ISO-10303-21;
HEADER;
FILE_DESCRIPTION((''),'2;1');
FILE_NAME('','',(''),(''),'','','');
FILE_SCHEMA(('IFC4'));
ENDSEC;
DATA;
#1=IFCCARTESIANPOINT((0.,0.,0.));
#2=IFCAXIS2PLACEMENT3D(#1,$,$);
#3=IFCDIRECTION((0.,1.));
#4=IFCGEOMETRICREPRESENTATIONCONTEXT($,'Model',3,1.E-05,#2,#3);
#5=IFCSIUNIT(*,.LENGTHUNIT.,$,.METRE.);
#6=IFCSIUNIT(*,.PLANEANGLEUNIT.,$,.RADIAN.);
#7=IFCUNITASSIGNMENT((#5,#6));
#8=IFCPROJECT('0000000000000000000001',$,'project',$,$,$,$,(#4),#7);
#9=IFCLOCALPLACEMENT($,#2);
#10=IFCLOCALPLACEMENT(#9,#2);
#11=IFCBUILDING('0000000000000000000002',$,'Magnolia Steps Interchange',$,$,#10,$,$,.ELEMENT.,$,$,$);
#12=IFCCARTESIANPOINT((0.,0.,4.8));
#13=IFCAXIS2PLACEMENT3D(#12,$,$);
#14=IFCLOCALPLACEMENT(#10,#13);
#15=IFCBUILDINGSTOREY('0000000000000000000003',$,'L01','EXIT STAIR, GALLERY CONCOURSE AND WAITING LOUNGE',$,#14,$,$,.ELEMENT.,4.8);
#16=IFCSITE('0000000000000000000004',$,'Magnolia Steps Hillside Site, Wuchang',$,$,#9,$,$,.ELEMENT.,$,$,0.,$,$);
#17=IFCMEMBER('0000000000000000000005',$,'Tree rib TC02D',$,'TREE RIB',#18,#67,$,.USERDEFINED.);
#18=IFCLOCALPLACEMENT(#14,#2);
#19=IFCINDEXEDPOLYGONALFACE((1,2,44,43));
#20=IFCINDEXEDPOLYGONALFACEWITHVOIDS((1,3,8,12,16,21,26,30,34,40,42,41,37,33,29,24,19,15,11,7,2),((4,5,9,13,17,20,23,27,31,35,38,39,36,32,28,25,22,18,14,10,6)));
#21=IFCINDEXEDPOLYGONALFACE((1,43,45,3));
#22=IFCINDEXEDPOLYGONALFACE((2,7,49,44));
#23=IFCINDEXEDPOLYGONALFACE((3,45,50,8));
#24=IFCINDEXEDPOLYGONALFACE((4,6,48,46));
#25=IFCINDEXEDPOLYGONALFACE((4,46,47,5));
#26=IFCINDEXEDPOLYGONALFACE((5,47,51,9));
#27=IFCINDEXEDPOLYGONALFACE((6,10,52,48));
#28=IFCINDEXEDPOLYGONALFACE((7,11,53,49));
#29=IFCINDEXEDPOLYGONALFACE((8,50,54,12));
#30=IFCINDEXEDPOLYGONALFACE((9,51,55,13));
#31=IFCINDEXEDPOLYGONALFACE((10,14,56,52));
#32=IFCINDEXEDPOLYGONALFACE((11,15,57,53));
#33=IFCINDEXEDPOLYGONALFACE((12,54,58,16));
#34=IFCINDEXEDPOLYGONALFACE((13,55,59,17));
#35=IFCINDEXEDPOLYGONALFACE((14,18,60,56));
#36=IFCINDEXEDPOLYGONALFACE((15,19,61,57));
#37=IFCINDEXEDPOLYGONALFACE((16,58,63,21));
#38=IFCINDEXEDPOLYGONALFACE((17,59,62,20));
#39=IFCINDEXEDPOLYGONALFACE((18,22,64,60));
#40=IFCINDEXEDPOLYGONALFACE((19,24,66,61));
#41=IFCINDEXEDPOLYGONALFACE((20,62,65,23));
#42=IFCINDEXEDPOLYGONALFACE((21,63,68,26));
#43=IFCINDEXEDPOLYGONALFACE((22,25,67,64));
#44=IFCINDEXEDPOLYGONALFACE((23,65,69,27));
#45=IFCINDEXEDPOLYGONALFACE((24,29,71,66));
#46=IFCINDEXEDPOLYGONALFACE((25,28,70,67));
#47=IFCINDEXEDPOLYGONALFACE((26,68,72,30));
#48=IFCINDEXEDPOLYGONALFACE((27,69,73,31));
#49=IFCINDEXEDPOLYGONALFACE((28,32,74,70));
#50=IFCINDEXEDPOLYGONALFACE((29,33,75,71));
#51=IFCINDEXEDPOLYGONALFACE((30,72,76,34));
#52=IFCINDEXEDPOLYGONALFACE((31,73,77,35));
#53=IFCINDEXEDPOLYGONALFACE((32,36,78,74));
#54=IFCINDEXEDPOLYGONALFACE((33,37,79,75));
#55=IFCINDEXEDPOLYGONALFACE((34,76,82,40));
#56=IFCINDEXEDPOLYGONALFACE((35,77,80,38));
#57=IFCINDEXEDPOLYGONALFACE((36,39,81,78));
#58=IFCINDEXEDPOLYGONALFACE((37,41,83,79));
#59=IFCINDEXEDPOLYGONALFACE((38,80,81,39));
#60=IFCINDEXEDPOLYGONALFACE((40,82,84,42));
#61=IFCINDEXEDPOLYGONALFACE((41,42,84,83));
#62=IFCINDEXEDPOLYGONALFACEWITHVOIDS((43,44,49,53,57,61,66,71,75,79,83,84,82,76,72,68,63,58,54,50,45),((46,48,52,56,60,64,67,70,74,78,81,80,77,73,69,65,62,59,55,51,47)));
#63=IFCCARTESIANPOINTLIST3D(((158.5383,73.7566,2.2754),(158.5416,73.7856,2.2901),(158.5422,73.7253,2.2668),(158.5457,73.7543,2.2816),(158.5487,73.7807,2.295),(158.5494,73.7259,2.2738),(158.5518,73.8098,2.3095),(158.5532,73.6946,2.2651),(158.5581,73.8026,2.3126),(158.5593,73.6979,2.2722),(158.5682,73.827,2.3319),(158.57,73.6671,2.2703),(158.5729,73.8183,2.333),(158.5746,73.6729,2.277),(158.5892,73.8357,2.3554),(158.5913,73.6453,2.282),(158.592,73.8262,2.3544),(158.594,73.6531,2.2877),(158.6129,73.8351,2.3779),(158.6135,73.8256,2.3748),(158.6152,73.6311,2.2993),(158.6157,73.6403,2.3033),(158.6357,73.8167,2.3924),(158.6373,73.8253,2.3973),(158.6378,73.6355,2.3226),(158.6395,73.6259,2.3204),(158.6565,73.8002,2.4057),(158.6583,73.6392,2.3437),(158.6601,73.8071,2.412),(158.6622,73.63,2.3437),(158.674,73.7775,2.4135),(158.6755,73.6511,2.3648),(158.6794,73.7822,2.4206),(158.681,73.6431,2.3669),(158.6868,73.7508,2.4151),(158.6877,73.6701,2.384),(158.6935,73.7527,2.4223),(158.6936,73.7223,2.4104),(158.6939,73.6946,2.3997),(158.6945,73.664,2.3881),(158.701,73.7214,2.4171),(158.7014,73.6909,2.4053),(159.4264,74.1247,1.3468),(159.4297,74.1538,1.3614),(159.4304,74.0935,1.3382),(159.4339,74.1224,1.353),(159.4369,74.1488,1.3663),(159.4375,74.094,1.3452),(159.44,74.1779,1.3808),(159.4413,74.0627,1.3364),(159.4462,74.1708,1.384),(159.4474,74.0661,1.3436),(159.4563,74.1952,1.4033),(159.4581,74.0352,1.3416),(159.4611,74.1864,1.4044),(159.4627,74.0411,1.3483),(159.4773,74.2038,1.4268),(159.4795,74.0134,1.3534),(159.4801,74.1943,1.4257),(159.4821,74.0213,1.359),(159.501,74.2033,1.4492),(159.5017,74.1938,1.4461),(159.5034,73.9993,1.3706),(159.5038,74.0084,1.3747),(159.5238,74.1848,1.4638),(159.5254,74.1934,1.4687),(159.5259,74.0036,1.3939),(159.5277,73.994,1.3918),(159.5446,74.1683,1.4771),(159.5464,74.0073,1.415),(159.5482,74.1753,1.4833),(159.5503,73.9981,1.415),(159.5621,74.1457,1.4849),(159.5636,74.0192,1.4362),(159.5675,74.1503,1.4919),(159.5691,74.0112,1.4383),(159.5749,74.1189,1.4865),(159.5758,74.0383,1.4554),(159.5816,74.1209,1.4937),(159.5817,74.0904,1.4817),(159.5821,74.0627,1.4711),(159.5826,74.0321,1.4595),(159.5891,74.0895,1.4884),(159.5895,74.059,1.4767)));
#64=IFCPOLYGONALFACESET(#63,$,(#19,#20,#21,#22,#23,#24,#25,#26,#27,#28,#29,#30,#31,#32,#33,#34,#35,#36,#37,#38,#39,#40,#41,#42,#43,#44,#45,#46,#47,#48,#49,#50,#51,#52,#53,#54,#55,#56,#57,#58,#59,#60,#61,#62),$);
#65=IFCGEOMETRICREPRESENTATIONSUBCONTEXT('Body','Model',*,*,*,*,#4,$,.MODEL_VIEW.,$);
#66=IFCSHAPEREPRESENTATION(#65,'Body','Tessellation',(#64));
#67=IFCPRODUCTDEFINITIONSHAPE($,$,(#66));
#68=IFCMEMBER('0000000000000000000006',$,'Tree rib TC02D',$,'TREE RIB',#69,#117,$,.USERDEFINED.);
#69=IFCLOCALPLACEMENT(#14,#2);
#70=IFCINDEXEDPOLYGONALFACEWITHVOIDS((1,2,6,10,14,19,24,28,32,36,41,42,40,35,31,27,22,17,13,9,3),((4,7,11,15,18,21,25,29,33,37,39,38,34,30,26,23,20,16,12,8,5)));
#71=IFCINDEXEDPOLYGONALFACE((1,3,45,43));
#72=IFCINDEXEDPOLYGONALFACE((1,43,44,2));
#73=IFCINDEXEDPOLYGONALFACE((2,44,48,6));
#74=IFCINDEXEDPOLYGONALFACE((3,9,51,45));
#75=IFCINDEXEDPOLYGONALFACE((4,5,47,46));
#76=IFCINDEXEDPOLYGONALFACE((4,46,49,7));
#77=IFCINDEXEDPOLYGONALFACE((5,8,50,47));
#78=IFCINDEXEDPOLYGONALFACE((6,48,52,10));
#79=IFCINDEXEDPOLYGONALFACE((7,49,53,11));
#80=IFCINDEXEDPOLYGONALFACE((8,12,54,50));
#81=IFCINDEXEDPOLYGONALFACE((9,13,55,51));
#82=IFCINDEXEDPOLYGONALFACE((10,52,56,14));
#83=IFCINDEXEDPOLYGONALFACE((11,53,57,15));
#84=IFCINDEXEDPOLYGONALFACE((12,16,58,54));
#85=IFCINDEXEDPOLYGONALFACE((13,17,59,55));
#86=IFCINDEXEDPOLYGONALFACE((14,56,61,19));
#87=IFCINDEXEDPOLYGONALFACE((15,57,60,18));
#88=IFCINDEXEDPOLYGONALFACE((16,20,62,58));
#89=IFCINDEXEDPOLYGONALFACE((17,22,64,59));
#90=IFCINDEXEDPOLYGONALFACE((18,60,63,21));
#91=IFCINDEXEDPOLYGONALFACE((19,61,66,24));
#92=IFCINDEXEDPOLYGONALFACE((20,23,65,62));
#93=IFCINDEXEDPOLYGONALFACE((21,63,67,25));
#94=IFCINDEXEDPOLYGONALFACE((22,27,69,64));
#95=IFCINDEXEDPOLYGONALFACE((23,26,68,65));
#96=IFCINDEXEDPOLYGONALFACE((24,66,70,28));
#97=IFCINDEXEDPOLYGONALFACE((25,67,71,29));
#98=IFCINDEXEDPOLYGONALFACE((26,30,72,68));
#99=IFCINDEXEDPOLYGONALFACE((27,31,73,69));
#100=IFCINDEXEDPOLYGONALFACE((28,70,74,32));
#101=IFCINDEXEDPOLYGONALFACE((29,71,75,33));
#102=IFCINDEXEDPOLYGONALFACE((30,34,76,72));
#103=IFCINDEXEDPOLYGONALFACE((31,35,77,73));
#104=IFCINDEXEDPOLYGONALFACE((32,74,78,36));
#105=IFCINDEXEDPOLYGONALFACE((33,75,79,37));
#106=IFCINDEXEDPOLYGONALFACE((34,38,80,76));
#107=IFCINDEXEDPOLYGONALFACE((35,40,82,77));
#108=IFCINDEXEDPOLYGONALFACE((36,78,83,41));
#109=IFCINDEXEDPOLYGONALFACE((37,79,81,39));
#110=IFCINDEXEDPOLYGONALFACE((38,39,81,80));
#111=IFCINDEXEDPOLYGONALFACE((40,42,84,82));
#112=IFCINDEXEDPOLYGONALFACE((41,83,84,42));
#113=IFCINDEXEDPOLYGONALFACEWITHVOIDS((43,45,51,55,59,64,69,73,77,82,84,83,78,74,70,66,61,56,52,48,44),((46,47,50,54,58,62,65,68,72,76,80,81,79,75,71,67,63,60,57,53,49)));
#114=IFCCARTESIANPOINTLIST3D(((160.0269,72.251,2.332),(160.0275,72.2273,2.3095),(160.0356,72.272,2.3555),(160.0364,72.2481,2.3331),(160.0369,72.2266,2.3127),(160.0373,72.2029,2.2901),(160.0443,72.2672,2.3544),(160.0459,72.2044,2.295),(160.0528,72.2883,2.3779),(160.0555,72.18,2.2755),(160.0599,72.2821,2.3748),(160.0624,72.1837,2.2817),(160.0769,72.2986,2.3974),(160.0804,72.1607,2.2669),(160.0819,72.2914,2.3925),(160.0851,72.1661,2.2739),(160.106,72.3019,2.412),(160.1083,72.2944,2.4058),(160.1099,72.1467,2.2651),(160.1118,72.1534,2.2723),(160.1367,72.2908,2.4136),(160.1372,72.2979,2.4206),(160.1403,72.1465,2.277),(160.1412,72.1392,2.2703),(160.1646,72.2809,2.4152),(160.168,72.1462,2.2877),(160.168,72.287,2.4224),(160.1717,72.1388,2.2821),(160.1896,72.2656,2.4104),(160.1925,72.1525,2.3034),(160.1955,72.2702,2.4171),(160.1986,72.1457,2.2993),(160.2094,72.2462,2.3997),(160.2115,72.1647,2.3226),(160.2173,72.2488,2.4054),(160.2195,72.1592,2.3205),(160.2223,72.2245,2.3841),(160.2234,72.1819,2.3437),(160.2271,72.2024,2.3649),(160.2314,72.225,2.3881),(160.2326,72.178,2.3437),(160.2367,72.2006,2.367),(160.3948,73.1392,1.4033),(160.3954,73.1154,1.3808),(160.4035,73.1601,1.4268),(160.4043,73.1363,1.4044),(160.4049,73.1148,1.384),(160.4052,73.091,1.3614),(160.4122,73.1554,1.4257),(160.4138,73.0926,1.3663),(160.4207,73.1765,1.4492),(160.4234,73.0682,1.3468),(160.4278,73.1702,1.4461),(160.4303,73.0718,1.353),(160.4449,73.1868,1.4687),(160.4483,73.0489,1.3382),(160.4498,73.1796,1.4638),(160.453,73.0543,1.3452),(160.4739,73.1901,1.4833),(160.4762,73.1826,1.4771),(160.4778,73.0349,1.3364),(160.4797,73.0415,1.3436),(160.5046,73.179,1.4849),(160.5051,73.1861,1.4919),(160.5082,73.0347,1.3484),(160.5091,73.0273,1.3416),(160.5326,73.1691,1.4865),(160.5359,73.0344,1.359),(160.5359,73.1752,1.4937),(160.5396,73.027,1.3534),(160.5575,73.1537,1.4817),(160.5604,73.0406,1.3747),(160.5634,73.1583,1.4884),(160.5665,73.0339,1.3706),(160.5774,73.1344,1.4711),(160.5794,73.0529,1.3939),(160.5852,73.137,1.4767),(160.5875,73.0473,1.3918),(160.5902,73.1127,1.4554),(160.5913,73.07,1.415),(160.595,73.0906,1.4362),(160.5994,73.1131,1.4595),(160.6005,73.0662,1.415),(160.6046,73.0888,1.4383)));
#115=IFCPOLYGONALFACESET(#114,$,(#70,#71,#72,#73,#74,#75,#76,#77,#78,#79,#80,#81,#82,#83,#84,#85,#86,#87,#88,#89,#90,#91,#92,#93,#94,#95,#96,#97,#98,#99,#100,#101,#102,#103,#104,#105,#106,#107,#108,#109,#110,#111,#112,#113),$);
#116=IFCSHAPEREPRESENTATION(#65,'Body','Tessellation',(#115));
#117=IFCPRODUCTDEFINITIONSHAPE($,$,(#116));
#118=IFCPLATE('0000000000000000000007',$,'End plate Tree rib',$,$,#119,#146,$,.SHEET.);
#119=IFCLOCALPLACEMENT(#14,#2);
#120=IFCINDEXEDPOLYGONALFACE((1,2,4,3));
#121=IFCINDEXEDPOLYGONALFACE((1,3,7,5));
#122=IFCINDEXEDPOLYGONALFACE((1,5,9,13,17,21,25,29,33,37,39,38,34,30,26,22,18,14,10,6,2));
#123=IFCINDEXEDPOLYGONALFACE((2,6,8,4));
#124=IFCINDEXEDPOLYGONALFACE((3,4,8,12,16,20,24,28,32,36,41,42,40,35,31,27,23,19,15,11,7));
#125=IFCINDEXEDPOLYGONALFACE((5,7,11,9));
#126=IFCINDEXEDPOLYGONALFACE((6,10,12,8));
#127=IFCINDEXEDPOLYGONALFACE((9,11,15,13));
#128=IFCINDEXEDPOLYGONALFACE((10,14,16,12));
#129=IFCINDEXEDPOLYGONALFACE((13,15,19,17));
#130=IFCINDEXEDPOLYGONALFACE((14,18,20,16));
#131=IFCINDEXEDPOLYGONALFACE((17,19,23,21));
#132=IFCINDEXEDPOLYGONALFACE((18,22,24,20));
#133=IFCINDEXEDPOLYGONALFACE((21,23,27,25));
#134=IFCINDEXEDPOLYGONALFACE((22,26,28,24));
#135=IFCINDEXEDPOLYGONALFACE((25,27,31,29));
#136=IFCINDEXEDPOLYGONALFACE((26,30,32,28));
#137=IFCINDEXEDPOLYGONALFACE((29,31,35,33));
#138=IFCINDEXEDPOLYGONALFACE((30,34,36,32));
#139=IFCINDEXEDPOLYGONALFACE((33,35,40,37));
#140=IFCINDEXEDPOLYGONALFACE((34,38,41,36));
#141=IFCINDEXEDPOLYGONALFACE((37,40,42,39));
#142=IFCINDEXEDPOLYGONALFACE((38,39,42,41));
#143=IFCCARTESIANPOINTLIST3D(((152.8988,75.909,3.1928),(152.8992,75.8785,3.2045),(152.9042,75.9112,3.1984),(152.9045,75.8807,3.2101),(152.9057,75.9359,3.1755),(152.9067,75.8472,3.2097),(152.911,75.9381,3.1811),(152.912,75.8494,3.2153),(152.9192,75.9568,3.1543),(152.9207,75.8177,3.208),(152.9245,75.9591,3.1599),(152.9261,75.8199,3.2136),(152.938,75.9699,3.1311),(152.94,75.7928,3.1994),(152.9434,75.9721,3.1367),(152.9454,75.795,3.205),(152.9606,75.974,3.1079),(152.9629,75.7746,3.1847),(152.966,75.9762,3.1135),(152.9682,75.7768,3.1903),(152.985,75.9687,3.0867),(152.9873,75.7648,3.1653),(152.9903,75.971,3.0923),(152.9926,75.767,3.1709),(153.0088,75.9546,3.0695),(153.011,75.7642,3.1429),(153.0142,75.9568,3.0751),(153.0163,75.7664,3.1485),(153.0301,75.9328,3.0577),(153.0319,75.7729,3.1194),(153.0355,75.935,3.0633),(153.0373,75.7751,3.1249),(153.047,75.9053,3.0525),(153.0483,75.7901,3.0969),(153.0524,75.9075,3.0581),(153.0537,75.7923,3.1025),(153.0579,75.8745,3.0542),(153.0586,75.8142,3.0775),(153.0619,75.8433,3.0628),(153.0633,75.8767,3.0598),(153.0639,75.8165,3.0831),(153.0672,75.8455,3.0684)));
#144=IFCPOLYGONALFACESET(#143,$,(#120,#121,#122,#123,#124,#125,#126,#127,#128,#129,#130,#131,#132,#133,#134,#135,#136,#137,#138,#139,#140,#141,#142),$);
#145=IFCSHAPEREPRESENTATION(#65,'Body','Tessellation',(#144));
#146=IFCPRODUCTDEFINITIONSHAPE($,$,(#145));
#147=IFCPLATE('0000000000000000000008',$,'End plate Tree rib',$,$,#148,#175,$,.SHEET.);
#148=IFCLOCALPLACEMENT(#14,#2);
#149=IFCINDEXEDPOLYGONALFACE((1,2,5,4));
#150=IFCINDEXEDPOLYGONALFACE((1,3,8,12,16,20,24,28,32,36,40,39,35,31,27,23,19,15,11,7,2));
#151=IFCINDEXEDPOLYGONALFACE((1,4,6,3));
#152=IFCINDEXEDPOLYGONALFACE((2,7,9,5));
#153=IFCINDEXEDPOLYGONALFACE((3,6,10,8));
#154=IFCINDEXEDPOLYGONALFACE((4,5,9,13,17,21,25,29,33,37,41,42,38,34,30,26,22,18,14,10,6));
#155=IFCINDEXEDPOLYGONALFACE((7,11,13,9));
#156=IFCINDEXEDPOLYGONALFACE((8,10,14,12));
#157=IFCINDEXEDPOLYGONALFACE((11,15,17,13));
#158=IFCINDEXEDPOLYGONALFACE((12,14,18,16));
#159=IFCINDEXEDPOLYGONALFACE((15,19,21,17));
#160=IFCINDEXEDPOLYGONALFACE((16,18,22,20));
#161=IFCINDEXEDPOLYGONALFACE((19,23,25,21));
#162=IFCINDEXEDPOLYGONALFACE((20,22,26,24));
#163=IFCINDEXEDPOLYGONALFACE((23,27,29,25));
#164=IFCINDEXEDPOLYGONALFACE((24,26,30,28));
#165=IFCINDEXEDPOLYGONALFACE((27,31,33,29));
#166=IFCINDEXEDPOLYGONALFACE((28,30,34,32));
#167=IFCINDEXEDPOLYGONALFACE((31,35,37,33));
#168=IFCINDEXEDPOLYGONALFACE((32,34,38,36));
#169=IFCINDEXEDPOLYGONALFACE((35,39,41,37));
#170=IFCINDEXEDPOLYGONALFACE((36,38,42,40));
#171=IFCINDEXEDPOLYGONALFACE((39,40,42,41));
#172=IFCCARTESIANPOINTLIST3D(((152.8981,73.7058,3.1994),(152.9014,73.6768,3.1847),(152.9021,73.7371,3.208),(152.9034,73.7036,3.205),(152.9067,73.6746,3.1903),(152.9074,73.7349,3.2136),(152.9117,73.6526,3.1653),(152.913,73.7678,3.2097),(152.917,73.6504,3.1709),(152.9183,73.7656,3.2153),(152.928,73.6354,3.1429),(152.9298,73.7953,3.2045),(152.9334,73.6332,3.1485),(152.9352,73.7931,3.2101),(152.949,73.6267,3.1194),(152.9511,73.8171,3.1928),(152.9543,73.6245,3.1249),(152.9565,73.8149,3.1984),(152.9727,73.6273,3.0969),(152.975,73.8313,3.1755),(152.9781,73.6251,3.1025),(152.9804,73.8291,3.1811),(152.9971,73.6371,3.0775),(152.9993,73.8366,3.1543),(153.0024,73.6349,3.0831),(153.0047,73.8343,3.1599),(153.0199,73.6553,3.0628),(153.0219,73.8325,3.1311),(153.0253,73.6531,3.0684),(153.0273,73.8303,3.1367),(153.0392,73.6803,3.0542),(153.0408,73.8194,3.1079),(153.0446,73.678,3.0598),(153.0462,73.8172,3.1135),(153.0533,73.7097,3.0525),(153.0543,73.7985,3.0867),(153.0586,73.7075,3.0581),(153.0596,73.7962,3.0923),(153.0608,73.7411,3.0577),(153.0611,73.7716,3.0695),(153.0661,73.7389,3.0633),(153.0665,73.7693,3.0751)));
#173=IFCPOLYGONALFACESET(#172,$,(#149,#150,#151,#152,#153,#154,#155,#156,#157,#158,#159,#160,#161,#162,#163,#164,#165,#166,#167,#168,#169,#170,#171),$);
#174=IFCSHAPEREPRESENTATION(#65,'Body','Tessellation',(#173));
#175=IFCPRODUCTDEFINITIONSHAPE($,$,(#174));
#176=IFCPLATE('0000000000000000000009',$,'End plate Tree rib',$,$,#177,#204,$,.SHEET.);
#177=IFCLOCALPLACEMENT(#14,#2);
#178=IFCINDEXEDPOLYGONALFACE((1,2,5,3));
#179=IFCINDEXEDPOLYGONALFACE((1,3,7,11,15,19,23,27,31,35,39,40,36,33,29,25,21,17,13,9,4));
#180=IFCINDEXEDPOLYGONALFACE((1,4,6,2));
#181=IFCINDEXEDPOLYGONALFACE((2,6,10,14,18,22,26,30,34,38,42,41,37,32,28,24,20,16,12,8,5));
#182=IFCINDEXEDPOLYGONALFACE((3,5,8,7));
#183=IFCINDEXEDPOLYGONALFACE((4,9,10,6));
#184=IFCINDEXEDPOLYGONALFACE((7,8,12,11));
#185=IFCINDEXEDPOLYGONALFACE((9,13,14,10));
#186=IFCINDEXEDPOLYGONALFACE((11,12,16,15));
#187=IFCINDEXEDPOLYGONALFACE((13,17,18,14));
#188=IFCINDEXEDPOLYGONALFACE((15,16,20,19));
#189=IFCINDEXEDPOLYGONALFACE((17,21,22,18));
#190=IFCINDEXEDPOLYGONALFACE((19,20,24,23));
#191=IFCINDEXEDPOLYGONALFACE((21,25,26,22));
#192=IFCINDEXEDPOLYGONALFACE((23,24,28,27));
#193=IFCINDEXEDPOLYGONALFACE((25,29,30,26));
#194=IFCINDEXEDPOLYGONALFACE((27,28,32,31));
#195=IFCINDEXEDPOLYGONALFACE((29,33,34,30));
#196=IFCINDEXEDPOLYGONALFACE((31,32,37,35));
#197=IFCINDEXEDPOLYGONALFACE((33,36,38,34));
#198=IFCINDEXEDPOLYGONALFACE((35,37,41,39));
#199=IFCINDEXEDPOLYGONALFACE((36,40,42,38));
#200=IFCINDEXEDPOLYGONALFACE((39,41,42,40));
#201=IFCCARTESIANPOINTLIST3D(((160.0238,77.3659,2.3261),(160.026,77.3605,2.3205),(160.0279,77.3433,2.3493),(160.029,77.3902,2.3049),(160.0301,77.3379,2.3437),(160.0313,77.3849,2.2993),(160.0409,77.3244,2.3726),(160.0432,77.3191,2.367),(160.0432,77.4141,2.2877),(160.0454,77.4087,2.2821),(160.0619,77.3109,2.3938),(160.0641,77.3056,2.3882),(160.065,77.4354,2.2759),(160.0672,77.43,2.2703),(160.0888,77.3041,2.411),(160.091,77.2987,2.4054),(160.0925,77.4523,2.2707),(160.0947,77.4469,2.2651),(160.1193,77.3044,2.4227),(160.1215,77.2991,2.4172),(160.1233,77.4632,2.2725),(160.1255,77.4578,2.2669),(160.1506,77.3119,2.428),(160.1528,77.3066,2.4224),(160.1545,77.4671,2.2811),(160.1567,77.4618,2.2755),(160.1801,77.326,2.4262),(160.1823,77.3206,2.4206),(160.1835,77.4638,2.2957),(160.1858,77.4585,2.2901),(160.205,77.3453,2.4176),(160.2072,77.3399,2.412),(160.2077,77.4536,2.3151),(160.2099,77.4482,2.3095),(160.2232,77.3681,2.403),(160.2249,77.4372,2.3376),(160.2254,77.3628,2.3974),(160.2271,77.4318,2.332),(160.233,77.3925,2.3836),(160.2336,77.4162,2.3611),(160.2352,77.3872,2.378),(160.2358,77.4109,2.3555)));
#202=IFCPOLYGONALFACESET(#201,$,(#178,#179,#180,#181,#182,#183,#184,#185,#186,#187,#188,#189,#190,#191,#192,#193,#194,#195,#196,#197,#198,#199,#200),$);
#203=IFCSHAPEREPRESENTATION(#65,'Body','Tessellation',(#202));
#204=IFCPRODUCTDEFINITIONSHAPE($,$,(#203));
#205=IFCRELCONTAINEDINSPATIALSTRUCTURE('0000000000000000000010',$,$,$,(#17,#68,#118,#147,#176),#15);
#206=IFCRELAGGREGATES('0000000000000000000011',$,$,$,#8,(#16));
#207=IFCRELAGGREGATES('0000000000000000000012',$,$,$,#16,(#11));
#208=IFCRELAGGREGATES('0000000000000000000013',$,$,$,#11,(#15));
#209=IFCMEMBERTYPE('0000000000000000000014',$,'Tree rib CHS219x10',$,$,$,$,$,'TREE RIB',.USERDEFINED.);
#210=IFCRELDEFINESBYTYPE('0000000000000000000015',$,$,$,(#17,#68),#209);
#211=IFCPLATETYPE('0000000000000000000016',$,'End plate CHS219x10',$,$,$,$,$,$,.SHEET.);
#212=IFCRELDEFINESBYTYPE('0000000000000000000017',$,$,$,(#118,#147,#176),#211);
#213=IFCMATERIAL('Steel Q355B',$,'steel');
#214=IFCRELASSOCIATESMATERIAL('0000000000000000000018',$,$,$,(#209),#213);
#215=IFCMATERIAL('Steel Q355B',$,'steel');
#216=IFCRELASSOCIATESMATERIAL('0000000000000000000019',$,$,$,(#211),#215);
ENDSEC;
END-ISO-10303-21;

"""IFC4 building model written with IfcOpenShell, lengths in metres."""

from ifc_helpers import new_model, si_unit, direction, frame, origin, origin_2d, place, context, subcontext, project, spatial, circle, hollow_circle, extrude, material, material_profile, profile_set, type_object, element, save


model = new_model("IFC4")

# Units and contexts
model_context = context("Model", 3, precision=1e-05, world=origin(), true_north=direction((0.0, 1.0)))
body_context = subcontext(model_context, "Body", "Model", "MODEL_VIEW")
ifc_project = project(units=[si_unit("LENGTHUNIT", "METRE"), si_unit("PLANEANGLEUNIT", "RADIAN")], contexts=[model_context])

# Site, building, storey
site_placement = place(None, origin())
site = spatial("IfcSite", under=ifc_project, at=site_placement, Name="Magnolia Steps Hillside Site, Wuchang", CompositionType="ELEMENT", RefElevation=0.0)
building_placement = place(site_placement, origin())
building = spatial("IfcBuilding", under=site, at=building_placement, Name="Magnolia Steps Interchange", CompositionType="ELEMENT")
storey_placement = place(building_placement, frame((0.0, 0.0, 4.8)))
storey = spatial("IfcBuildingStorey", under=building, at=storey_placement, Name="L01", Description="EXIT STAIR, GALLERY CONCOURSE AND WAITING LOUNGE", CompositionType="ELEMENT", Elevation=4.8)

# Members
ifc_material_1 = material(Name="Steel Q355B", Category="steel")
ifc_material_profile_1 = material_profile(ifc_material_1, hollow_circle(Radius=0.1096, WallThickness=0.01, at=origin_2d()), Name="CHS219x10")
ifc_profile_set_1 = profile_set([ifc_material_profile_1], Name="Steel Q355B")
member_type = type_object("IfcMemberType", Name="Tree rib CHS219x10", ElementType="TREE RIB", PredefinedType="USERDEFINED", material=ifc_profile_set_1)
for number, where, z_axis, x_axis, name in (
    (1, (159.5083, 74.0994, 1.415), (-0.664432, -0.275416, 0.694749), (0.38292, -0.923782, 0.0), "Tree rib TC02D"),
    (2, (160.4993, 73.1082, 1.415), (-0.275247, -0.664465, 0.694784), (0.923871, -0.382703, 0.0), "Tree rib TC02D"),
):
    element("IfcMember", number, at=place(storey_placement, frame(where, z_axis=z_axis, x_axis=x_axis)), inside=storey, type_object=member_type, Name=name, ObjectType="TREE RIB", PredefinedType="USERDEFINED", context=body_context, shape_type="SweptSolid", body=[
        extrude(hollow_circle(Radius=0.1096, WallThickness=0.01, at=origin_2d()), origin(), (0.0, 0.0, 1.0), 1.3367),
    ])

# Plates
ifc_material_2 = material(Name="Steel Q355B", Category="steel")
ifc_material_profile_2 = material_profile(ifc_material_2, circle(Radius=0.1096, at=origin_2d()), Name="End plate CHS219x10")
ifc_profile_set_2 = profile_set([ifc_material_profile_2], Name="Steel Q355B")
plate_type_1 = type_object("IfcPlateType", Name="End plate CHS219x10", PredefinedType="SHEET", material=ifc_profile_set_2)
for number, where, z_axis, x_axis, name in (
    (3, (152.98, 75.8687, 3.1311), (0.664583, 0.275279, 0.694658), (-0.382683, 0.92388, 0.0), "End plate Tree rib"),
    (4, (152.98, 73.7312, 3.1311), (0.664583, -0.275279, 0.694658), (0.382683, 0.92388, 0.0), "End plate Tree rib"),
    (5, (160.1313, 77.3799, 2.3438), (-0.275279, 0.664583, 0.694658), (-0.92388, -0.382683, 0.0), "End plate Tree rib"),
):
    element("IfcPlate", number, at=place(storey_placement, frame(where, z_axis=z_axis, x_axis=x_axis)), inside=storey, type_object=plate_type_1, Name=name, PredefinedType="SHEET", context=body_context, shape_type="SweptSolid", body=[
        extrude(circle(Radius=0.1096, at=origin_2d()), origin(), (0.0, 0.0, 1.0), 0.0081),
    ])

save(model, "model.ifc")
